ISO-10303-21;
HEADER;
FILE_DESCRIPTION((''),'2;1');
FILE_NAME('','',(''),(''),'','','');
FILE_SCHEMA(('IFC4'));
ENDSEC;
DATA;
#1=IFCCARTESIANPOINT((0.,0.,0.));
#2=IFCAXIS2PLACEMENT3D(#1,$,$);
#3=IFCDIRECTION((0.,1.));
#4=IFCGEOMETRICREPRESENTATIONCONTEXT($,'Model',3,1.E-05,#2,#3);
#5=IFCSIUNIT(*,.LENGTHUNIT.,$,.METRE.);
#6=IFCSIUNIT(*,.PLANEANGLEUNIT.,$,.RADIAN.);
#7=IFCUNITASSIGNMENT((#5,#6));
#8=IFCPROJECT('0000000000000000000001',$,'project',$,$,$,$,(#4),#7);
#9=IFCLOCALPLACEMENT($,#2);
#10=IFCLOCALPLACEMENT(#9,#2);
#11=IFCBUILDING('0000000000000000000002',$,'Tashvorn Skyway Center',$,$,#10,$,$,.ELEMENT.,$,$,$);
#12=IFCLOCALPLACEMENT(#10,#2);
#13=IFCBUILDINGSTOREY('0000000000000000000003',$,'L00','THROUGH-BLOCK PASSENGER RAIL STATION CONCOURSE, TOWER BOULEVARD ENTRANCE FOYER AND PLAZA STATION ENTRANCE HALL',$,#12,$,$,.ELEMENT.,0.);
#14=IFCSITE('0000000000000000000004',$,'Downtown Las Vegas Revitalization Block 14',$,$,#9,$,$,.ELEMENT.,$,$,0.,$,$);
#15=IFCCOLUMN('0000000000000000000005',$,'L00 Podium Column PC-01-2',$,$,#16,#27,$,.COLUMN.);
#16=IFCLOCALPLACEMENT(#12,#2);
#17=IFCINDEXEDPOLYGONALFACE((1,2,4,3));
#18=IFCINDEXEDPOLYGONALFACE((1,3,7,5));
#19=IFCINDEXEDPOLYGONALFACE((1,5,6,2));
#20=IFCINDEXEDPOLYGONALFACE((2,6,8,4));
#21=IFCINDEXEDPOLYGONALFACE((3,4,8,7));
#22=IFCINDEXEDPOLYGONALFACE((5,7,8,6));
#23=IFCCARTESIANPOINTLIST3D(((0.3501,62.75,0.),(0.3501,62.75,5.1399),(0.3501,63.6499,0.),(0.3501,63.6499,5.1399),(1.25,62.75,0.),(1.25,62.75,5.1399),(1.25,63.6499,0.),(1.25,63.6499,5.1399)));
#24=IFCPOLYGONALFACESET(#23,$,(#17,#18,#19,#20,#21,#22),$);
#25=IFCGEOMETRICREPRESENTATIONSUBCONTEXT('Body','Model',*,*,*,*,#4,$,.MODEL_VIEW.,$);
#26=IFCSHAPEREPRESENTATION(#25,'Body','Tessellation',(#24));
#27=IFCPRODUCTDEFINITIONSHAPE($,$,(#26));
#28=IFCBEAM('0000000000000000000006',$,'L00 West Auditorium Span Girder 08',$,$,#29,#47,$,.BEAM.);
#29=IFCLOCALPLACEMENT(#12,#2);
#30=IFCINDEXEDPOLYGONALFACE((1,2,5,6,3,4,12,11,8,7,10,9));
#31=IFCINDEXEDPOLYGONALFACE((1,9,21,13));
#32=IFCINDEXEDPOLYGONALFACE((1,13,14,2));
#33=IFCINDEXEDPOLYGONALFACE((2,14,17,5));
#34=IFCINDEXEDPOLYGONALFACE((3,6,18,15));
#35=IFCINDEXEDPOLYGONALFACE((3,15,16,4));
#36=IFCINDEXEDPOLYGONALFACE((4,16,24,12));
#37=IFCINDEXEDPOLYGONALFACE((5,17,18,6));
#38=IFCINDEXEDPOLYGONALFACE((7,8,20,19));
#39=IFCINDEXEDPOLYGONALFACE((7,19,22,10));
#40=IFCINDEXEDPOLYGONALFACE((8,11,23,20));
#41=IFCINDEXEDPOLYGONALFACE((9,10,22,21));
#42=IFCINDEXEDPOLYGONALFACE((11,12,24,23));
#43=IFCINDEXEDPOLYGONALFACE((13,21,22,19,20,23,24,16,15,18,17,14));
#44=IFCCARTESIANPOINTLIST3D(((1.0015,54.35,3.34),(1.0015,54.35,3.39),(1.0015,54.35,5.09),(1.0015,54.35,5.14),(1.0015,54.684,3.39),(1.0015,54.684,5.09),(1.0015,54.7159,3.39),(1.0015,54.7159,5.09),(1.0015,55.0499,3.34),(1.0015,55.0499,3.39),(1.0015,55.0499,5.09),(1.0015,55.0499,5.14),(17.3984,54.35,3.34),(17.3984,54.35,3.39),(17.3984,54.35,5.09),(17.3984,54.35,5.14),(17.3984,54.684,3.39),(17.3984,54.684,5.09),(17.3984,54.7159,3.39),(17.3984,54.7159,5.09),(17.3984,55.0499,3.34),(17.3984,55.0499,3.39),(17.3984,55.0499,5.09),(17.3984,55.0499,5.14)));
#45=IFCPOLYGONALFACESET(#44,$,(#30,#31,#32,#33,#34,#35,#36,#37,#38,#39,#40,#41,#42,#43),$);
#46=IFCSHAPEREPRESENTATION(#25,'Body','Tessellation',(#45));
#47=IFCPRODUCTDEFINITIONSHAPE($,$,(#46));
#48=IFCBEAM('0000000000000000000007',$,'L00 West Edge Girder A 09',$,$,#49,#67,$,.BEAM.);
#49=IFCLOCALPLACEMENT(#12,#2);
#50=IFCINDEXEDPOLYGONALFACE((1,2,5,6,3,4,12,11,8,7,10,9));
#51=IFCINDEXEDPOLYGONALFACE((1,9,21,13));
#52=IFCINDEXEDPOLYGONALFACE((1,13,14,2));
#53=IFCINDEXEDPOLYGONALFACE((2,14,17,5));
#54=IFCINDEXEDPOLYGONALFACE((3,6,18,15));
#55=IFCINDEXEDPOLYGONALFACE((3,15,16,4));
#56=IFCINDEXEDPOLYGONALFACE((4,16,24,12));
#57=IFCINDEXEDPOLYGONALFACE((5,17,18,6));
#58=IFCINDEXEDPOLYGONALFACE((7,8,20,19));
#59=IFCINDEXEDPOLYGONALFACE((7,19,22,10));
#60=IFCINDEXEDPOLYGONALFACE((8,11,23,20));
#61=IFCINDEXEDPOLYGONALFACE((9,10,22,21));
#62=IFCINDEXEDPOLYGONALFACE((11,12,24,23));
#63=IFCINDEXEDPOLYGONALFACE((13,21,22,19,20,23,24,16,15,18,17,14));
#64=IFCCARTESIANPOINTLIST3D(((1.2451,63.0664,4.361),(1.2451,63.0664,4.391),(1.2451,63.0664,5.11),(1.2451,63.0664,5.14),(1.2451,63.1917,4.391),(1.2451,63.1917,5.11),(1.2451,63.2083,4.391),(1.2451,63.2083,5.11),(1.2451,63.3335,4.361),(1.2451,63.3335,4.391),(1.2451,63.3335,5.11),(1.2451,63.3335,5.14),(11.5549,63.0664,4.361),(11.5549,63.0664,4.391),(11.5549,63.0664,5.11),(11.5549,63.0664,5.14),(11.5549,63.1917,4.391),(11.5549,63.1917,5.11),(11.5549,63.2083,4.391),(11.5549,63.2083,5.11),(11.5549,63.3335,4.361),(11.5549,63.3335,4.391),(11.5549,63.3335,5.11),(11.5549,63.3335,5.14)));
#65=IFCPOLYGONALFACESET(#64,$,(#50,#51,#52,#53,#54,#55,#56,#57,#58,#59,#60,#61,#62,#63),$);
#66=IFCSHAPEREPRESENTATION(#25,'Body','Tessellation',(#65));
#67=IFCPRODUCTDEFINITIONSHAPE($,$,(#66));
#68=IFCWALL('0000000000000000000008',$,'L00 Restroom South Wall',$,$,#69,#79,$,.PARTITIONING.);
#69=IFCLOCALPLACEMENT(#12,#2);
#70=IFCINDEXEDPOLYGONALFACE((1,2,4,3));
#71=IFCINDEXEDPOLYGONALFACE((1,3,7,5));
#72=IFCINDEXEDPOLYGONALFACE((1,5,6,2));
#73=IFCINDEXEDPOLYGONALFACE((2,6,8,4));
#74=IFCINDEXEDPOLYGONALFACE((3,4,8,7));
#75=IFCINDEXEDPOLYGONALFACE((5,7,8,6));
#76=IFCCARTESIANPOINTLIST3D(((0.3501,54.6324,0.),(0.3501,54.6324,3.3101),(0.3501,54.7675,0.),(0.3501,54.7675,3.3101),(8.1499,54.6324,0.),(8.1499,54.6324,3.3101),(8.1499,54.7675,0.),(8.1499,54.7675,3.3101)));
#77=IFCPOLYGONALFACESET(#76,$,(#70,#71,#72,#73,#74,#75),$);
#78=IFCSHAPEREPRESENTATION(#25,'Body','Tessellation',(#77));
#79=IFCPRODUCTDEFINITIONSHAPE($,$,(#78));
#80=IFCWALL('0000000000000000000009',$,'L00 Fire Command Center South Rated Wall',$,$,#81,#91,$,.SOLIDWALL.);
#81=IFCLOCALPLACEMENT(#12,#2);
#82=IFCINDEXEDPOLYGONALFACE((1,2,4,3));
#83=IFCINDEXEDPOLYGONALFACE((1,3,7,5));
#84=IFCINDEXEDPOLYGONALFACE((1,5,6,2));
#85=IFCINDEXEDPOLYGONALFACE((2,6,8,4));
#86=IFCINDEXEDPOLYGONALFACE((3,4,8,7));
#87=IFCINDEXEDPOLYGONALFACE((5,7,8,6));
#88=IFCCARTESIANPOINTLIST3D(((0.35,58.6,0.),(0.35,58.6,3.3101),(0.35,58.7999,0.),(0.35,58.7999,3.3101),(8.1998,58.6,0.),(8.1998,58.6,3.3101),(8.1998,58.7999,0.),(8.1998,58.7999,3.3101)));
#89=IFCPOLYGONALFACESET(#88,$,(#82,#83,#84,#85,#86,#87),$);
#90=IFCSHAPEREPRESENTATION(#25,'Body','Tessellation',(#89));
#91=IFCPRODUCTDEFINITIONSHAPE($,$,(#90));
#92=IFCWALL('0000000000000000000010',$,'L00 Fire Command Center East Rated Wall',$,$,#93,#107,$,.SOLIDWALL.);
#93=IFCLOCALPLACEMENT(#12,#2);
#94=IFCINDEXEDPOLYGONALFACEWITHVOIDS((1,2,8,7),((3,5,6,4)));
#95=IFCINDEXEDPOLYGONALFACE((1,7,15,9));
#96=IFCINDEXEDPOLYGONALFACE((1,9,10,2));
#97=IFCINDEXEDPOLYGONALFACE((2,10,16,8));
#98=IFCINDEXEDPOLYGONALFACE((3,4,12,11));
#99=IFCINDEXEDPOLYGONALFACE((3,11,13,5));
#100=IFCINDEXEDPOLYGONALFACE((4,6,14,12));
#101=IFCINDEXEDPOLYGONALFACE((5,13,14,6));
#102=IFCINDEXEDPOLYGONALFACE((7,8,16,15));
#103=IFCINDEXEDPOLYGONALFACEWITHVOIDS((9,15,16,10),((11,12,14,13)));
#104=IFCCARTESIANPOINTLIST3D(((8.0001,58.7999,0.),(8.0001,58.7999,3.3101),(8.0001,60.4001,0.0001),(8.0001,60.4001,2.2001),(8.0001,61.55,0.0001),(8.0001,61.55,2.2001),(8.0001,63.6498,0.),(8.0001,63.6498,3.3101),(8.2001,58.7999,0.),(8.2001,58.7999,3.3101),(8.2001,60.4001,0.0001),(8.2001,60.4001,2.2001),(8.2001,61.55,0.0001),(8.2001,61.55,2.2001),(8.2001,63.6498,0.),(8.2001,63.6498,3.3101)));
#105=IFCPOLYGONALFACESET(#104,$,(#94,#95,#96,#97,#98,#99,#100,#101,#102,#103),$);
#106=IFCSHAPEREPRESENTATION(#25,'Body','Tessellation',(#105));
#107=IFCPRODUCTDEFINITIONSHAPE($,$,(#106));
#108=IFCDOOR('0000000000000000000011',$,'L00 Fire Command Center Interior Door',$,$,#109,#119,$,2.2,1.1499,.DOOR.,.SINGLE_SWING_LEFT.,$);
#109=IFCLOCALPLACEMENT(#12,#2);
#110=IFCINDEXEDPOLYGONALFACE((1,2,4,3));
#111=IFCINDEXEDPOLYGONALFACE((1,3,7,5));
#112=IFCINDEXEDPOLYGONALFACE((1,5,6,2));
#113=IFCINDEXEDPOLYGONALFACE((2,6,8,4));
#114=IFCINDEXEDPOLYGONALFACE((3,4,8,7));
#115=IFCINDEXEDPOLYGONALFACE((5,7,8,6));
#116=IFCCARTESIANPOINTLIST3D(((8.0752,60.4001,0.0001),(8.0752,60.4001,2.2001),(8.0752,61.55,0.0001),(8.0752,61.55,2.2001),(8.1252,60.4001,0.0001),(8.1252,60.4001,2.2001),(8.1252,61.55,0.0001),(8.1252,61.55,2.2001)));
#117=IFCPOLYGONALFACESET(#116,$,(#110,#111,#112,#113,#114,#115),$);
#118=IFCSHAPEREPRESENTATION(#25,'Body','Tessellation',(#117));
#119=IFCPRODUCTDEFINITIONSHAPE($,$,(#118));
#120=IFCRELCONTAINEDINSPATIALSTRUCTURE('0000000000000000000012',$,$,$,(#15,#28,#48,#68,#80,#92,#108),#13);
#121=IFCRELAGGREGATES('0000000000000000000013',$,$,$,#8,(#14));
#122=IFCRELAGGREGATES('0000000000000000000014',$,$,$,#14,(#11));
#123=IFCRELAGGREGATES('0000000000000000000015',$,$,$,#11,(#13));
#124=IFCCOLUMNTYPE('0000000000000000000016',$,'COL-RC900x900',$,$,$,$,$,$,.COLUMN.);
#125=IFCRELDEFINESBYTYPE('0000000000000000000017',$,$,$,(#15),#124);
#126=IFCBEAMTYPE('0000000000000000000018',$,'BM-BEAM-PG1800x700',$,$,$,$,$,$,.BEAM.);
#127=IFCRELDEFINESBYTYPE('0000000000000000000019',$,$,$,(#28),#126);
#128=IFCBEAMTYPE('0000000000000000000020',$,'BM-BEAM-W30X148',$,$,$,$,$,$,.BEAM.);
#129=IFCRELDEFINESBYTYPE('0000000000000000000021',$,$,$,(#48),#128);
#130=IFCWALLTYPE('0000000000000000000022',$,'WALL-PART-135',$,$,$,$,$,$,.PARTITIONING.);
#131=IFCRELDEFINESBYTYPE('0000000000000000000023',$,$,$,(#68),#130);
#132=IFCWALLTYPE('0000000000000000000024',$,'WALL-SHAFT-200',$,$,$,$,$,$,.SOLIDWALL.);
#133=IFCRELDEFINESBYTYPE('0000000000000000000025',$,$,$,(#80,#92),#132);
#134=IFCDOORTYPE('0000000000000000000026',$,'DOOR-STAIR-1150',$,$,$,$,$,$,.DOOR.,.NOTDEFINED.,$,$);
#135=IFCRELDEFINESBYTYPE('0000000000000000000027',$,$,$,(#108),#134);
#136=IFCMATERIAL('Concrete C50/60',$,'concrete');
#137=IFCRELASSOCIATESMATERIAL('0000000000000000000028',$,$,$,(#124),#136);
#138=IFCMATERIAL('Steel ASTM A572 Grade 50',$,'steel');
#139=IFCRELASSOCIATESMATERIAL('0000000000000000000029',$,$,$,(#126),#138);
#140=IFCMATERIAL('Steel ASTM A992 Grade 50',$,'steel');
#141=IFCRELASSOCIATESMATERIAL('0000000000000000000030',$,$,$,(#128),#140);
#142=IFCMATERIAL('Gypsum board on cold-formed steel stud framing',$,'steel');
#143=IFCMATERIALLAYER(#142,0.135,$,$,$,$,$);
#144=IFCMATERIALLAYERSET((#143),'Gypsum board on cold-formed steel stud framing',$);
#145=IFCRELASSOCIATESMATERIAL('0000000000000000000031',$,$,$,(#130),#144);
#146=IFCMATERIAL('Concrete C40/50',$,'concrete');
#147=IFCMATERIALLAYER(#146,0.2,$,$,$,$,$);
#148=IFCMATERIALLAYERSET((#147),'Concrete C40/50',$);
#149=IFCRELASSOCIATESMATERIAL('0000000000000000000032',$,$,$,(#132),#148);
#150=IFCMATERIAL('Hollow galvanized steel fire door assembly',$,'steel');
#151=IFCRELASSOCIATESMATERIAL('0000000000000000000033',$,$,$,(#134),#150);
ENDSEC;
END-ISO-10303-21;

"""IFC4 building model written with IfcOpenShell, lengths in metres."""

from ifc_helpers import new_model, si_unit, direction, frame, frame_2d, origin, origin_2d, place, context, subcontext, project, spatial, rectangle, i_section, extrude, material, layer, layer_set, material_profile, profile_set, type_object, element, fill, save


model = new_model("IFC4")

# Units and contexts
model_context = context("Model", 3, precision=1e-05, world=origin(), true_north=direction((0.0, 1.0)))
body_context = subcontext(model_context, "Body", "Model", "MODEL_VIEW")
ifc_project = project(units=[si_unit("LENGTHUNIT", "METRE"), si_unit("PLANEANGLEUNIT", "RADIAN")], contexts=[model_context])

# Site, building, storey
site_placement = place(None, origin())
site = spatial("IfcSite", under=ifc_project, at=site_placement, Name="Downtown Las Vegas Revitalization Block 14", CompositionType="ELEMENT", RefElevation=0.0)
building_placement = place(site_placement, origin())
building = spatial("IfcBuilding", under=site, at=building_placement, Name="Tashvorn Skyway Center", CompositionType="ELEMENT")
storey_placement = place(building_placement, origin())
storey = spatial("IfcBuildingStorey", under=building, at=storey_placement, Name="L00", Description="THROUGH-BLOCK PASSENGER RAIL STATION CONCOURSE, TOWER BOULEVARD ENTRANCE FOYER AND PLAZA STATION ENTRANCE HALL", CompositionType="ELEMENT", Elevation=0.0)

# Column
ifc_material_1 = material(Name="Concrete C50/60", Category="concrete")
ifc_material_profile_1 = material_profile(ifc_material_1, rectangle(XDim=0.8999, YDim=0.8999, at=origin_2d()), Name="RC900x900")
ifc_profile_set_1 = profile_set([ifc_material_profile_1], Name="Concrete C50/60")
column_type = type_object("IfcColumnType", Name="COL-RC900x900", PredefinedType="COLUMN", material=ifc_profile_set_1)
column_placement = place(storey_placement, frame((0.8, 63.2, 0.0), z_axis=(0.0, 0.0, 1.0), x_axis=(1.0, 0.0, 0.0)))
element("IfcColumn", 1, at=column_placement, inside=storey, type_object=column_type, Name="L00 Podium Column PC-01-2", PredefinedType="COLUMN", context=body_context, shape_type="SweptSolid", body=[
    extrude(rectangle(XDim=0.8999, YDim=0.8999, at=origin_2d()), origin(), (0.0, 0.0, 1.0), 5.1399),
])

# Beams
ifc_material_2 = material(Name="Steel ASTM A572 Grade 50", Category="steel")
ifc_material_profile_2 = material_profile(ifc_material_2, i_section(OverallWidth=0.7, OverallDepth=1.8, WebThickness=0.032, FlangeThickness=0.05, at=origin_2d()), Name="PG1800x700")
ifc_profile_set_2 = profile_set([ifc_material_profile_2], Name="Steel ASTM A572 Grade 50")
beam_type_1 = type_object("IfcBeamType", Name="BM-BEAM-PG1800x700", PredefinedType="BEAM", material=ifc_profile_set_2)
beam_1_placement = place(storey_placement, frame((1.0015, 54.7, 4.24), z_axis=(1.0, 0.0, 0.0), x_axis=(0.0, 1.0, 0.0)))
element("IfcBeam", 2, at=beam_1_placement, inside=storey, type_object=beam_type_1, Name="L00 West Auditorium Span Girder 08", PredefinedType="BEAM", context=body_context, shape_type="SweptSolid", body=[
    extrude(i_section(OverallWidth=0.7, OverallDepth=1.8, WebThickness=0.032, FlangeThickness=0.05, at=origin_2d()), origin(), (0.0, 0.0, 1.0), 16.397),
])
ifc_material_3 = material(Name="Steel ASTM A992 Grade 50", Category="steel")
ifc_material_profile_3 = material_profile(ifc_material_3, i_section(OverallWidth=0.2671, OverallDepth=0.7791, WebThickness=0.0166, FlangeThickness=0.03, at=origin_2d()), Name="W30X148")
ifc_profile_set_3 = profile_set([ifc_material_profile_3], Name="Steel ASTM A992 Grade 50")
beam_type_2 = type_object("IfcBeamType", Name="BM-BEAM-W30X148", PredefinedType="BEAM", material=ifc_profile_set_3)
beam_2_placement = place(storey_placement, frame((1.2451, 63.2, 4.7505), z_axis=(1.0, 0.0, 0.0), x_axis=(0.0, 1.0, 0.0)))
element("IfcBeam", 3, at=beam_2_placement, inside=storey, type_object=beam_type_2, Name="L00 West Edge Girder A 09", PredefinedType="BEAM", context=body_context, shape_type="SweptSolid", body=[
    extrude(i_section(OverallWidth=0.2671, OverallDepth=0.7791, WebThickness=0.0166, FlangeThickness=0.03, at=origin_2d()), origin(), (0.0, 0.0, 1.0), 10.3098),
])

# Walls
ifc_material_4 = material(Name="Gypsum board on cold-formed steel stud framing", Category="steel")
ifc_layer_1 = layer(ifc_material_4, 0.135)
ifc_layer_set_1 = layer_set([ifc_layer_1], Name="Gypsum board on cold-formed steel stud framing")
wall_type_1 = type_object("IfcWallType", Name="WALL-PART-135", PredefinedType="PARTITIONING", material=ifc_layer_set_1)
wall_1_placement = place(storey_placement, frame((0.3501, 54.7, 0.0), z_axis=(0.0, 0.0, 1.0), x_axis=(1.0, 0.0, 0.0)))
element("IfcWall", 4, at=wall_1_placement, inside=storey, type_object=wall_type_1, Name="L00 Restroom South Wall", PredefinedType="PARTITIONING", context=body_context, shape_type="SweptSolid", body=[
    extrude(rectangle(XDim=7.7998, YDim=0.135, at=frame_2d((3.8999, 0.0))), origin(), (0.0, 0.0, 1.0), 3.3101),
])
ifc_material_5 = material(Name="Concrete C40/50", Category="concrete")
ifc_layer_2 = layer(ifc_material_5, 0.2)
ifc_layer_set_2 = layer_set([ifc_layer_2], Name="Concrete C40/50")
wall_type_2 = type_object("IfcWallType", Name="WALL-SHAFT-200", PredefinedType="SOLIDWALL", material=ifc_layer_set_2)
wall_2_placement = place(storey_placement, frame((0.3501, 58.7, 0.0), z_axis=(0.0, 0.0, 1.0), x_axis=(1.0, 0.0, 0.0)))
element("IfcWall", 5, at=wall_2_placement, inside=storey, type_object=wall_type_2, Name="L00 Fire Command Center South Rated Wall", PredefinedType="SOLIDWALL", context=body_context, shape_type="SweptSolid", body=[
    extrude(rectangle(XDim=7.8499, YDim=0.2, at=frame_2d((3.9248, 0.0))), origin(), (0.0, 0.0, 1.0), 3.3101),
])

# Wall, opening, door
wall_3_placement = place(storey_placement, frame((8.1001, 58.8, 0.0), z_axis=(0.0, 0.0, 1.0), x_axis=(0.0, 1.0, 0.0)))
wall_3 = element("IfcWall", 6, at=wall_3_placement, inside=storey, type_object=wall_type_2, Name="L00 Fire Command Center East Rated Wall", PredefinedType="SOLIDWALL", context=body_context, shape_type="SweptSolid", body=[
    extrude(rectangle(XDim=4.8499, YDim=0.2, at=frame_2d((2.4248, 0.0))), origin(), (0.0, 0.0, 1.0), 3.3101),
])
opening_1_placement = place(wall_3_placement, frame((1.6001, 0.0, 0.0)))
opening_1 = element("IfcOpeningElement", 7, at=opening_1_placement, cuts=wall_3, PredefinedType="OPENING", context=body_context, shape_type="SweptSolid", body=[
    extrude(rectangle(XDim=1.1499, YDim=2.2, at=frame_2d((0.575, 1.1001))), frame((0.0, 0.1099, 0.0), z_axis=(0.0, -1.0, 0.0), x_axis=(1.0, 0.0, 0.0)), (0.0, 0.0, 1.0), 0.22),
])
ifc_material_6 = material(Name="Hollow galvanized steel fire door assembly", Category="steel")
door_type_1 = type_object("IfcDoorType", Name="DOOR-STAIR-1150", OperationType="NOTDEFINED", PredefinedType="DOOR", material=ifc_material_6)
door_1_placement = place(opening_1_placement, origin())
door_1 = element("IfcDoor", 8, at=door_1_placement, inside=storey, type_object=door_type_1, Name="L00 Fire Command Center Interior Door", OperationType="SINGLE_SWING_LEFT", OverallHeight=2.2, OverallWidth=1.1499, PredefinedType="DOOR", context=body_context, shape_type="SweptSolid", body=[
    extrude(rectangle(XDim=1.1499, YDim=2.2, at=frame_2d((0.575, 1.1001))), frame((0.0, 0.0249, 0.0), z_axis=(0.0, -1.0, 0.0), x_axis=(1.0, 0.0, 0.0)), (0.0, 0.0, 1.0), 0.05),
])
fill(opening_1, door_1)

save(model, "model.ifc")
